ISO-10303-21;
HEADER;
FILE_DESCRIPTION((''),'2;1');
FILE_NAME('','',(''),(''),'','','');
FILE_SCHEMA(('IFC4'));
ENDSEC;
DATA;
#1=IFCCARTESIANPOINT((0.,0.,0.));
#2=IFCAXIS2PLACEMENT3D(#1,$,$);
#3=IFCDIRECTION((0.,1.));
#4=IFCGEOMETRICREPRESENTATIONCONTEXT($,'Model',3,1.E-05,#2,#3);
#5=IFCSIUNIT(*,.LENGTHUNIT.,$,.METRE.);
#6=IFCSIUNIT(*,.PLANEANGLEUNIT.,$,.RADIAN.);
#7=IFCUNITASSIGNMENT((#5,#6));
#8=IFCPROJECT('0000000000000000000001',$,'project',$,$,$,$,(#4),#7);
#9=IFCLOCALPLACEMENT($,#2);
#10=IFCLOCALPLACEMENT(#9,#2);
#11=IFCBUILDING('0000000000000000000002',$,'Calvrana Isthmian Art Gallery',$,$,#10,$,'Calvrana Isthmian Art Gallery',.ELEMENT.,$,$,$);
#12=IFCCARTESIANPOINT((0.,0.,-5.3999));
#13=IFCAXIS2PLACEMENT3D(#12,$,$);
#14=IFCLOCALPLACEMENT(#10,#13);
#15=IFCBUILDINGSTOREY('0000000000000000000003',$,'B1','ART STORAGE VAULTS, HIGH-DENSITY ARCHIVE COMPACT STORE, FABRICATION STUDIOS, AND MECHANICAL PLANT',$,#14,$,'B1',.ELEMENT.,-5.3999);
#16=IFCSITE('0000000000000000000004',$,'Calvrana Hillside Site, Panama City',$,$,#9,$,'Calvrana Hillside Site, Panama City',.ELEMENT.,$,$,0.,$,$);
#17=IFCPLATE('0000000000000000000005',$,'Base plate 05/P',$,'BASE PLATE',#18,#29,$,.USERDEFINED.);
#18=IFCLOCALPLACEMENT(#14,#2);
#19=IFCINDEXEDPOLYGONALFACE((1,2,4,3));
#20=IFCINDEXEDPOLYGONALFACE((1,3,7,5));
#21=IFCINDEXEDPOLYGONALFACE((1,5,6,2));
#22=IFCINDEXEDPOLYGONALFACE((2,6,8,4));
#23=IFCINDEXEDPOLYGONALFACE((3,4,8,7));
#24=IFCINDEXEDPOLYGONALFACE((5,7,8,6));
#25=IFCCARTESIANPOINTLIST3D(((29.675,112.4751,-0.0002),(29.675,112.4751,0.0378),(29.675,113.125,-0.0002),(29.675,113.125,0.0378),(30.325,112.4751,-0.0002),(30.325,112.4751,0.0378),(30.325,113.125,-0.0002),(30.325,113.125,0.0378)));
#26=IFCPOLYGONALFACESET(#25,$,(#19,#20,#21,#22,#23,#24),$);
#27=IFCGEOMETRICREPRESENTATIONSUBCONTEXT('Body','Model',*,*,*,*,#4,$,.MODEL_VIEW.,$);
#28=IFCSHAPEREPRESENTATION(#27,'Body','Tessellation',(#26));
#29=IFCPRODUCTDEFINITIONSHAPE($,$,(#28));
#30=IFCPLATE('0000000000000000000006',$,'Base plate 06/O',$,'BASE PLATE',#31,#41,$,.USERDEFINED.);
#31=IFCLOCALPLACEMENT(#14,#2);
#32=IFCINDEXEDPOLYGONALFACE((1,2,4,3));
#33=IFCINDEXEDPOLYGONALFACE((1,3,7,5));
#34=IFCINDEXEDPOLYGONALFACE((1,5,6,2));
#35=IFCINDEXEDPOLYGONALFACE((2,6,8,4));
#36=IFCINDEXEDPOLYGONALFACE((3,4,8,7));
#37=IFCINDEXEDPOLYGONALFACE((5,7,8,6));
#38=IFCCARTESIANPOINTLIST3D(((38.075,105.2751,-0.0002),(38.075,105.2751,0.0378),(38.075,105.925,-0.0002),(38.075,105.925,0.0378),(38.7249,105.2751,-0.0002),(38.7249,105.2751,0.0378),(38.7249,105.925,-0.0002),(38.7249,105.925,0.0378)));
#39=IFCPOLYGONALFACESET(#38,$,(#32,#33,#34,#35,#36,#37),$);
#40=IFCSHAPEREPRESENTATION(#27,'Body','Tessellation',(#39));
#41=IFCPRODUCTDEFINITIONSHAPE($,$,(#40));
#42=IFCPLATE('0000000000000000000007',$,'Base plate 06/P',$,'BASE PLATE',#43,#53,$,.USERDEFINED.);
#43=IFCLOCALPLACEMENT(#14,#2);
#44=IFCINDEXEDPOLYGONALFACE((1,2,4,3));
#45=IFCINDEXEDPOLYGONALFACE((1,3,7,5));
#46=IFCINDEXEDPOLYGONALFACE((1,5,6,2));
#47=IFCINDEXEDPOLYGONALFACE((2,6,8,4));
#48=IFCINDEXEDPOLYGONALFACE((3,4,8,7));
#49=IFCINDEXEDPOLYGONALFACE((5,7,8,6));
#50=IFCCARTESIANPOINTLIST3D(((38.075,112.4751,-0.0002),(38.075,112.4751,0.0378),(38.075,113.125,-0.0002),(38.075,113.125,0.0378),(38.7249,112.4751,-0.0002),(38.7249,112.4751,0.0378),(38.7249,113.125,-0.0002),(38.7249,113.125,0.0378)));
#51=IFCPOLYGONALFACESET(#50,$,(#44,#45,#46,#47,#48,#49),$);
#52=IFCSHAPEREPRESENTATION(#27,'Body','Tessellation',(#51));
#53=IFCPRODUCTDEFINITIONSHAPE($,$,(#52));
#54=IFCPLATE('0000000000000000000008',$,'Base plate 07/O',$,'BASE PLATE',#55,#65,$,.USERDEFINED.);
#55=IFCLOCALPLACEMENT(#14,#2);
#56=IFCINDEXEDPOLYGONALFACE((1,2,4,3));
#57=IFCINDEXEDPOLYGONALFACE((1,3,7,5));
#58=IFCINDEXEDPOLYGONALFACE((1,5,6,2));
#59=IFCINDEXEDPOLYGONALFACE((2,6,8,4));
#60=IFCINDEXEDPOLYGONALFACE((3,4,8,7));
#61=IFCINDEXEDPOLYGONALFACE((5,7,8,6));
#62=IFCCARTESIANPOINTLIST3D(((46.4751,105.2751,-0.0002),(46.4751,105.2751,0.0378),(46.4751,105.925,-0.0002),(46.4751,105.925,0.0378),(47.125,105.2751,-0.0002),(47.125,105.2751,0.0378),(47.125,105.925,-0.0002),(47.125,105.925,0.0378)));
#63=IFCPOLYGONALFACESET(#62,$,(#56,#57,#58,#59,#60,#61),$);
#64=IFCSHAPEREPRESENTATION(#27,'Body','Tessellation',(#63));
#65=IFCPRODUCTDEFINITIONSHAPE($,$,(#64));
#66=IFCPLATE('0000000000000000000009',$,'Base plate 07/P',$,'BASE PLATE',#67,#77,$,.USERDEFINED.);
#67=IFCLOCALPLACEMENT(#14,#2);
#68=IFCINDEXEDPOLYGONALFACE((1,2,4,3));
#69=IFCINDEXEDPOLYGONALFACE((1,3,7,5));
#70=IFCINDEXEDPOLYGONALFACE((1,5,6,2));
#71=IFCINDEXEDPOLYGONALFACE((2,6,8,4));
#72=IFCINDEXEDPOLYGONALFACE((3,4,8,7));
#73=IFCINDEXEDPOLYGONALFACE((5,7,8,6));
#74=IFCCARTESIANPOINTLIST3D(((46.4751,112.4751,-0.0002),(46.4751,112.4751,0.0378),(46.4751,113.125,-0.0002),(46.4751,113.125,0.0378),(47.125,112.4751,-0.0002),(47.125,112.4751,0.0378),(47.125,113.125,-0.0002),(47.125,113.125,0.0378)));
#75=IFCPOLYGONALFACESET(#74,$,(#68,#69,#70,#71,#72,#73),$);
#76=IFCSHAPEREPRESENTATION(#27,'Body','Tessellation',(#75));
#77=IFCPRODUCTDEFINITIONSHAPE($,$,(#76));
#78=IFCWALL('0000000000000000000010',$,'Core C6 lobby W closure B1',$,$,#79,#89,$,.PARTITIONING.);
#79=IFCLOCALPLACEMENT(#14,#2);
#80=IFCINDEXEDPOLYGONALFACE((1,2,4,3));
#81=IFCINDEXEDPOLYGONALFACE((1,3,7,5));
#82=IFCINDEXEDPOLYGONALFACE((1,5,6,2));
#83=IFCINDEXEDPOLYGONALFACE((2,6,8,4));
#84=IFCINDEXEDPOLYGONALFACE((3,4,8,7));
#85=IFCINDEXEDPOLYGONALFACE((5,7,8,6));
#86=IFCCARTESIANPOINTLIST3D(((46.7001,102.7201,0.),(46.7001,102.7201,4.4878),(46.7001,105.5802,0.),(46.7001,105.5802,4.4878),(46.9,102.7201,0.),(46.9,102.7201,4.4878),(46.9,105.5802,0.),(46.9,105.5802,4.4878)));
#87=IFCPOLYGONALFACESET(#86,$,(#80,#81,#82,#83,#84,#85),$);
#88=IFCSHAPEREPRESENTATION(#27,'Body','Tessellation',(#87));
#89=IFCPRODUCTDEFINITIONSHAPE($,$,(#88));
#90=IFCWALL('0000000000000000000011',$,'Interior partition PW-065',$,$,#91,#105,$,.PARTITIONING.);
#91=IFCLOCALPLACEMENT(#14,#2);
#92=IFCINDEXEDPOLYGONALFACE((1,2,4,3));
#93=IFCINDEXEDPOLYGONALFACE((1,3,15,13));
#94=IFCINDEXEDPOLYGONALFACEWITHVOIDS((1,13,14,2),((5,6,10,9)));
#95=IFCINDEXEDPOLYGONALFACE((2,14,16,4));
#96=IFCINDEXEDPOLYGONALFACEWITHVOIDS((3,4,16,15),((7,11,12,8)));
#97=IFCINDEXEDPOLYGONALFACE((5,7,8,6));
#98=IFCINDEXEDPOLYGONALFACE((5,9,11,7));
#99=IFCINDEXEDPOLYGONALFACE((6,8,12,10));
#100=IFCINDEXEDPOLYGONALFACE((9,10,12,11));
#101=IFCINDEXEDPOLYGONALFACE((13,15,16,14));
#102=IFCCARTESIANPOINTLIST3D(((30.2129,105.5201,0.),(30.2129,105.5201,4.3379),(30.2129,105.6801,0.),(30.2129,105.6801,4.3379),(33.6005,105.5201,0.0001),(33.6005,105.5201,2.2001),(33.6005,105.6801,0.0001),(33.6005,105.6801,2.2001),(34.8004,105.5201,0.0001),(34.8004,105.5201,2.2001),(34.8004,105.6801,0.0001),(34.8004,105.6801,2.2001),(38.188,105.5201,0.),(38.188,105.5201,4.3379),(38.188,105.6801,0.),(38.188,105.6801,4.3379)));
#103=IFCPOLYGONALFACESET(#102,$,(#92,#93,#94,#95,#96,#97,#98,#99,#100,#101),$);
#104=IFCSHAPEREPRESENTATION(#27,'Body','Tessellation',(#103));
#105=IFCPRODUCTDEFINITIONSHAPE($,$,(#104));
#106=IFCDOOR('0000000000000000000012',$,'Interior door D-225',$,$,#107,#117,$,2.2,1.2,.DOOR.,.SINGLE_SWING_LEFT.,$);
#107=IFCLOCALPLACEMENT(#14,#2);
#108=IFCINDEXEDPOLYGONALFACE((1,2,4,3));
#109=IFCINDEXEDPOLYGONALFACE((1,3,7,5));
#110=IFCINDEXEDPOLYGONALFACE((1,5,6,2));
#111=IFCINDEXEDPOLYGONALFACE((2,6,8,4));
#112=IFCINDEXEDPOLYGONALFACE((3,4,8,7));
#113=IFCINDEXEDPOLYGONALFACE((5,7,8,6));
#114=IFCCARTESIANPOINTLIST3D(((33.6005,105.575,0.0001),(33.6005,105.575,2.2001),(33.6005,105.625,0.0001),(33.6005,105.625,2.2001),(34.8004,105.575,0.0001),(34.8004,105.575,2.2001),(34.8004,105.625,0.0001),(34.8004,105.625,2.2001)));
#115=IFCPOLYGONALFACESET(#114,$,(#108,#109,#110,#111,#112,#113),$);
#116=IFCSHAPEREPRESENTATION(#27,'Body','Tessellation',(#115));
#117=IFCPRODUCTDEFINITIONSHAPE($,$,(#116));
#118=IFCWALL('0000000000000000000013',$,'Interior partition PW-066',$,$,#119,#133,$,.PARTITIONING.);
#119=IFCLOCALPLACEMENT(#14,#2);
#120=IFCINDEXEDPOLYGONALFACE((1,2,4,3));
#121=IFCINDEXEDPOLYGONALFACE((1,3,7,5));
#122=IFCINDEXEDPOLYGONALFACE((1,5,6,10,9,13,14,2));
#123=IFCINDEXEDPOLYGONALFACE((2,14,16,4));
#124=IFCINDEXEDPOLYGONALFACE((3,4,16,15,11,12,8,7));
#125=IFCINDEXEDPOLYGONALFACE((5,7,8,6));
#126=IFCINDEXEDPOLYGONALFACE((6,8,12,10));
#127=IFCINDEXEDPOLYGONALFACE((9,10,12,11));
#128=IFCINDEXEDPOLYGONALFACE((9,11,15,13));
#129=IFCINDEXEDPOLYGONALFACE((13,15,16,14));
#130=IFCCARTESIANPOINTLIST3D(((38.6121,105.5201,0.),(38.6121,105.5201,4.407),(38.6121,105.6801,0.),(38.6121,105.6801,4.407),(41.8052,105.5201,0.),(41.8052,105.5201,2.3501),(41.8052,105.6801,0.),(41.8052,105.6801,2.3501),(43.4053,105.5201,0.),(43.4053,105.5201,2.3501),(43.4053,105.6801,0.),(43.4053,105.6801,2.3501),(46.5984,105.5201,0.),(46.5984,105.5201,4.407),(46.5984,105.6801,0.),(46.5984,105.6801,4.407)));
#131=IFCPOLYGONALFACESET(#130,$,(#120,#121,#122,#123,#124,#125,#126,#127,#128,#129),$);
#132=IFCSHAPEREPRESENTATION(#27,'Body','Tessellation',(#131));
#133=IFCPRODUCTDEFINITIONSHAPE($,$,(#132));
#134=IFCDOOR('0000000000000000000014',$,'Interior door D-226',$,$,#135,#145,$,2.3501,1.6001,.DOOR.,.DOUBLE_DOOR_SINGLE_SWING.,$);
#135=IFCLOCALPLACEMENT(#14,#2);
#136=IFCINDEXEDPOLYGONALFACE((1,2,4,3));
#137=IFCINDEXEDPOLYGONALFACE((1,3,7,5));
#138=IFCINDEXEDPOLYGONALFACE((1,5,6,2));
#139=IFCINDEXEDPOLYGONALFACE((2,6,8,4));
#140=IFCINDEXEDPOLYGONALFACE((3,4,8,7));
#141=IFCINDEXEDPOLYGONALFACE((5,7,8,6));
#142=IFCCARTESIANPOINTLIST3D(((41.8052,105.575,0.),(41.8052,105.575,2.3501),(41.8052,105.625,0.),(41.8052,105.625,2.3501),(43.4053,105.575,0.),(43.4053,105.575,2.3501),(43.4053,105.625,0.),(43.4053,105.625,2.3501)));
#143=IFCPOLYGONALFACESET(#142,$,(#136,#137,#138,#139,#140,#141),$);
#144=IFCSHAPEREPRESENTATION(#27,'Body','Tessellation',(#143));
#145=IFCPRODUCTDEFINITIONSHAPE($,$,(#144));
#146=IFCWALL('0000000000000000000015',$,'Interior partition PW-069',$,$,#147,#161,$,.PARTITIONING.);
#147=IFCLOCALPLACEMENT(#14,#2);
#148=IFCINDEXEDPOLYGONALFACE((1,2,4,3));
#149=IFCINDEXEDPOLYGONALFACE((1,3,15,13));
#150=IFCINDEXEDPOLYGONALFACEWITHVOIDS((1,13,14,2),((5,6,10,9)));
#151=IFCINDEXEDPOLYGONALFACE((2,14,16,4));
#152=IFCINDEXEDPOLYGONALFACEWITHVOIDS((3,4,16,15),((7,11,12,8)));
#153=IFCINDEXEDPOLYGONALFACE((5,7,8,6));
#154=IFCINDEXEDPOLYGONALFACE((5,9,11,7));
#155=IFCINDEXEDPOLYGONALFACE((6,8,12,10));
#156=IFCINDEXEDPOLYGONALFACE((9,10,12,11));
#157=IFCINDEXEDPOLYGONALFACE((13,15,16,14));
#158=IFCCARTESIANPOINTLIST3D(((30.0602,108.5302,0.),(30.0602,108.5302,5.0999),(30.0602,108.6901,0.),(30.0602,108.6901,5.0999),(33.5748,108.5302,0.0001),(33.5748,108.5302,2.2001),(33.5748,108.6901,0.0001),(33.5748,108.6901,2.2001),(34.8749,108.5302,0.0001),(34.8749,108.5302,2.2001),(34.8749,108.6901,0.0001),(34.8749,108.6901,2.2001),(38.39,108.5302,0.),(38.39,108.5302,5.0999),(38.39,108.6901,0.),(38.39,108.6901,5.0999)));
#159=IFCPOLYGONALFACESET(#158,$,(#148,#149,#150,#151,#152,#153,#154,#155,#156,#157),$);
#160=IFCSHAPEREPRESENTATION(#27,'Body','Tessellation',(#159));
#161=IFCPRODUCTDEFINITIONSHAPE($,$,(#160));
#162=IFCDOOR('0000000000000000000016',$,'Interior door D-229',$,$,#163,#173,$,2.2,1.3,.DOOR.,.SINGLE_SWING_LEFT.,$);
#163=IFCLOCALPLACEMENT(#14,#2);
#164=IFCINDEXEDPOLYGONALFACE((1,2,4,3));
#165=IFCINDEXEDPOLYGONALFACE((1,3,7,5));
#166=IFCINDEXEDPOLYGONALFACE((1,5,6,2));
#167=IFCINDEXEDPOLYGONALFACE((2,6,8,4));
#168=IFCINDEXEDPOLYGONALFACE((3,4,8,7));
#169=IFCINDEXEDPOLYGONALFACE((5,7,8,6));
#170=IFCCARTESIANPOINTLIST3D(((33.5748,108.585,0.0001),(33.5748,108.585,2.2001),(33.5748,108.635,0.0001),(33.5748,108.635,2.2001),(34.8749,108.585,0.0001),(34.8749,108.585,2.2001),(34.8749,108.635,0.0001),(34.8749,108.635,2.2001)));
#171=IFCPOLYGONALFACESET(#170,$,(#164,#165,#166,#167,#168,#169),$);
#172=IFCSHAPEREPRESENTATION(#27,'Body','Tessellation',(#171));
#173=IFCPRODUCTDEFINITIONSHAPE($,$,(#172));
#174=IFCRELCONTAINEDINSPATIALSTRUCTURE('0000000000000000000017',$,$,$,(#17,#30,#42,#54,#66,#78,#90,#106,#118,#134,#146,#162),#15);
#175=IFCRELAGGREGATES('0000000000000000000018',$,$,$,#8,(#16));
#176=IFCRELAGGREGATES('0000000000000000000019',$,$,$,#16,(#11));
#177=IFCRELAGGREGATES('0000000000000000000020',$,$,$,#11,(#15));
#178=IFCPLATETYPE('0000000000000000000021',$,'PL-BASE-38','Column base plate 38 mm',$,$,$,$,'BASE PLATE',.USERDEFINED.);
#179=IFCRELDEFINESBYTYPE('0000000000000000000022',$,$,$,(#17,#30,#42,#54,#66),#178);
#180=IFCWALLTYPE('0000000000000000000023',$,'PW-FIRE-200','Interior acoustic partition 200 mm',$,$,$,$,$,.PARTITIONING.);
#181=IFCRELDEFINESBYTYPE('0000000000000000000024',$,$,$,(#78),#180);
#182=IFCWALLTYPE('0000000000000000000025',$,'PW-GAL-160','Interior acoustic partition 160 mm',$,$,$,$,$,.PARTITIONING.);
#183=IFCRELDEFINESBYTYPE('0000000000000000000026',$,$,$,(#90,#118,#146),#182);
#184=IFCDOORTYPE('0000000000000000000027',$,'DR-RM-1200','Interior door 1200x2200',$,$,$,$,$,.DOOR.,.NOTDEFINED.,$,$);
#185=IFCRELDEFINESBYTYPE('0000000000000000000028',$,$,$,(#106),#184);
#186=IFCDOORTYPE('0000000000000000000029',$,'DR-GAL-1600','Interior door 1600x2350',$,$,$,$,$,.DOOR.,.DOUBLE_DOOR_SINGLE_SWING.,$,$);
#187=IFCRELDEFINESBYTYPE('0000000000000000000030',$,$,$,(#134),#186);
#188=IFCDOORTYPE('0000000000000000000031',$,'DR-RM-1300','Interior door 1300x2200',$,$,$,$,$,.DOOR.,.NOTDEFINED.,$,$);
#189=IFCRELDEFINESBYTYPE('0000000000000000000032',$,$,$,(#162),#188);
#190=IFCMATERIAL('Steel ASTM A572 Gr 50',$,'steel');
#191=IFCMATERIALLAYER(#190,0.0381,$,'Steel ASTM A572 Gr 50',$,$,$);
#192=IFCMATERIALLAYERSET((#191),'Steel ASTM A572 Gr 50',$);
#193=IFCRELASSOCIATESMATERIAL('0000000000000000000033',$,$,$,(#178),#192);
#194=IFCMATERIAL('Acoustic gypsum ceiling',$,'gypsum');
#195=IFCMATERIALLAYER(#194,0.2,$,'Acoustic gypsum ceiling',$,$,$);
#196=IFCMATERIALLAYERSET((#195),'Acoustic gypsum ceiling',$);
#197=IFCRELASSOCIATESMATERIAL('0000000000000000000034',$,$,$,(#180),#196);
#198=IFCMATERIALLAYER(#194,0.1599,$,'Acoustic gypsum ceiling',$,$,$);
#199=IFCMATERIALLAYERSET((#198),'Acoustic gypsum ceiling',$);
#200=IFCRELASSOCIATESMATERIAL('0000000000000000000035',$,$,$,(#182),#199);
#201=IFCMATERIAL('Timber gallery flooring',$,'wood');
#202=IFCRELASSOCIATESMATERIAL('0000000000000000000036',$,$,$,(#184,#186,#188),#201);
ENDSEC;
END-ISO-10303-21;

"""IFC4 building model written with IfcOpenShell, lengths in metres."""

from ifc_helpers import new_model, si_unit, direction, frame, frame_2d, origin, origin_2d, place, context, subcontext, project, spatial, rectangle, extrude, material, layer, layer_set, type_object, element, fill, save


model = new_model("IFC4")

# Units and contexts
model_context = context("Model", 3, precision=1e-05, world=origin(), true_north=direction((0.0, 1.0)))
body_context = subcontext(model_context, "Body", "Model", "MODEL_VIEW")
ifc_project = project(units=[si_unit("LENGTHUNIT", "METRE"), si_unit("PLANEANGLEUNIT", "RADIAN")], contexts=[model_context])

# Site, building, storey
site_placement = place(None, origin())
site = spatial("IfcSite", under=ifc_project, at=site_placement, Name="Calvrana Hillside Site, Panama City", LongName="Calvrana Hillside Site, Panama City", CompositionType="ELEMENT", RefElevation=0.0)
building_placement = place(site_placement, origin())
building = spatial("IfcBuilding", under=site, at=building_placement, Name="Calvrana Isthmian Art Gallery", LongName="Calvrana Isthmian Art Gallery", CompositionType="ELEMENT")
storey_placement = place(building_placement, frame((0.0, 0.0, -5.3999)))
storey = spatial("IfcBuildingStorey", under=building, at=storey_placement, Name="B1", Description="ART STORAGE VAULTS, HIGH-DENSITY ARCHIVE COMPACT STORE, FABRICATION STUDIOS, AND MECHANICAL PLANT", LongName="B1", CompositionType="ELEMENT", Elevation=-5.3999)

# Plates
ifc_material_1 = material(Name="Steel ASTM A572 Gr 50", Category="steel")
ifc_layer_1 = layer(ifc_material_1, 0.0381, Name="Steel ASTM A572 Gr 50")
ifc_layer_set_1 = layer_set([ifc_layer_1], Name="Steel ASTM A572 Gr 50")
plate_type = type_object("IfcPlateType", Name="PL-BASE-38", Description="Column base plate 38 mm", ElementType="BASE PLATE", PredefinedType="USERDEFINED", material=ifc_layer_set_1)
for number, where, z_axis, x_axis, name in (
    (1, (30.0, 112.8, -0.0002), (0.0, 0.0, 1.0), (1.0, 0.0, 0.0), "Base plate 05/P"),
    (2, (38.3999, 105.6001, -0.0002), (0.0, 0.0, 1.0), (1.0, 0.0, 0.0), "Base plate 06/O"),
    (3, (38.3999, 112.8, -0.0002), (0.0, 0.0, 1.0), (1.0, 0.0, 0.0), "Base plate 06/P"),
    (4, (46.8, 105.6001, -0.0002), (0.0, 0.0, 1.0), (1.0, 0.0, 0.0), "Base plate 07/O"),
    (5, (46.8, 112.8, -0.0002), (0.0, 0.0, 1.0), (1.0, 0.0, 0.0), "Base plate 07/P"),
):
    element("IfcPlate", number, at=place(storey_placement, frame(where, z_axis=z_axis, x_axis=x_axis)), inside=storey, type_object=plate_type, Name=name, ObjectType="BASE PLATE", PredefinedType="USERDEFINED", context=body_context, shape_type="SweptSolid", body=[
        extrude(rectangle(XDim=0.6499, YDim=0.6499, at=origin_2d()), origin(), (0.0, 0.0, 1.0), 0.0381),
    ])

# Wall
ifc_material_2 = material(Name="Acoustic gypsum ceiling", Category="gypsum")
ifc_layer_2 = layer(ifc_material_2, 0.2, Name="Acoustic gypsum ceiling")
ifc_layer_set_2 = layer_set([ifc_layer_2], Name="Acoustic gypsum ceiling")
wall_type_1 = type_object("IfcWallType", Name="PW-FIRE-200", Description="Interior acoustic partition 200 mm", PredefinedType="PARTITIONING", material=ifc_layer_set_2)
wall_1_placement = place(storey_placement, frame((46.8, 102.72, 0.0), z_axis=(0.0, 0.0, 1.0), x_axis=(0.0, 1.0, 0.0)))
element("IfcWall", 6, at=wall_1_placement, inside=storey, type_object=wall_type_1, Name="Core C6 lobby W closure B1", PredefinedType="PARTITIONING", context=body_context, shape_type="SweptSolid", body=[
    extrude(rectangle(XDim=2.8601, YDim=0.2, at=frame_2d((1.4302, 0.0))), origin(), (0.0, 0.0, 1.0), 4.4878),
])

# Walls, openings, doors
ifc_layer_3 = layer(ifc_material_2, 0.1599, Name="Acoustic gypsum ceiling")
ifc_layer_set_3 = layer_set([ifc_layer_3], Name="Acoustic gypsum ceiling")
wall_type_2 = type_object("IfcWallType", Name="PW-GAL-160", Description="Interior acoustic partition 160 mm", PredefinedType="PARTITIONING", material=ifc_layer_set_3)
wall_2_placement = place(storey_placement, frame((30.2129, 105.6001, 0.0), z_axis=(0.0, 0.0, 1.0), x_axis=(1.0, 0.0, 0.0)))
wall_2 = element("IfcWall", 7, at=wall_2_placement, inside=storey, type_object=wall_type_2, Name="Interior partition PW-065", PredefinedType="PARTITIONING", context=body_context, shape_type="SweptSolid", body=[
    extrude(rectangle(XDim=7.9751, YDim=0.1599, at=frame_2d((3.9875, 0.0))), origin(), (0.0, 0.0, 1.0), 4.3379),
])
opening_1_placement = place(wall_2_placement, frame((3.3875, 0.0, 0.0)))
opening_1 = element("IfcOpeningElement", 8, at=opening_1_placement, cuts=wall_2, PredefinedType="OPENING", context=body_context, shape_type="SweptSolid", body=[
    extrude(rectangle(XDim=1.2, YDim=2.2, at=frame_2d((0.6001, 1.1001))), frame((0.0, 0.0903, 0.0), z_axis=(0.0, -1.0, 0.0), x_axis=(1.0, 0.0, 0.0)), (0.0, 0.0, 1.0), 0.1804),
])
ifc_material_3 = material(Name="Timber gallery flooring", Category="wood")
door_type_1 = type_object("IfcDoorType", Name="DR-RM-1200", Description="Interior door 1200x2200", OperationType="NOTDEFINED", PredefinedType="DOOR", material=ifc_material_3)
door_1_placement = place(opening_1_placement, origin())
door_1 = element("IfcDoor", 9, at=door_1_placement, inside=storey, type_object=door_type_1, Name="Interior door D-225", OperationType="SINGLE_SWING_LEFT", OverallHeight=2.2, OverallWidth=1.2, PredefinedType="DOOR", context=body_context, shape_type="SweptSolid", body=[
    extrude(rectangle(XDim=1.2, YDim=2.2, at=frame_2d((0.6001, 1.1001))), frame((0.0, 0.0249, 0.0), z_axis=(0.0, -1.0, 0.0), x_axis=(1.0, 0.0, 0.0)), (0.0, 0.0, 1.0), 0.05),
])
fill(opening_1, door_1)
wall_3_placement = place(storey_placement, frame((38.6121, 105.6001, 0.0), z_axis=(0.0, 0.0, 1.0), x_axis=(1.0, 0.0, 0.0)))
wall_3 = element("IfcWall", 10, at=wall_3_placement, inside=storey, type_object=wall_type_2, Name="Interior partition PW-066", PredefinedType="PARTITIONING", context=body_context, shape_type="SweptSolid", body=[
    extrude(rectangle(XDim=7.9863, YDim=0.1599, at=frame_2d((3.9932, 0.0))), origin(), (0.0, 0.0, 1.0), 4.407),
])
opening_2_placement = place(wall_3_placement, frame((3.1931, 0.0, 0.0)))
opening_2 = element("IfcOpeningElement", 11, at=opening_2_placement, cuts=wall_3, PredefinedType="OPENING", context=body_context, shape_type="SweptSolid", body=[
    extrude(rectangle(XDim=1.6001, YDim=2.3501, at=frame_2d((0.8, 1.175))), frame((0.0, 0.0903, 0.0), z_axis=(0.0, -1.0, 0.0), x_axis=(1.0, 0.0, 0.0)), (0.0, 0.0, 1.0), 0.1804),
])
door_type_2 = type_object("IfcDoorType", Name="DR-GAL-1600", Description="Interior door 1600x2350", OperationType="DOUBLE_DOOR_SINGLE_SWING", PredefinedType="DOOR", material=ifc_material_3)
door_2_placement = place(opening_2_placement, origin())
door_2 = element("IfcDoor", 12, at=door_2_placement, inside=storey, type_object=door_type_2, Name="Interior door D-226", OperationType="DOUBLE_DOOR_SINGLE_SWING", OverallHeight=2.3501, OverallWidth=1.6001, PredefinedType="DOOR", context=body_context, shape_type="SweptSolid", body=[
    extrude(rectangle(XDim=1.6001, YDim=2.3501, at=frame_2d((0.8, 1.175))), frame((0.0, 0.0249, 0.0), z_axis=(0.0, -1.0, 0.0), x_axis=(1.0, 0.0, 0.0)), (0.0, 0.0, 1.0), 0.05),
])
fill(opening_2, door_2)
wall_4_placement = place(storey_placement, frame((30.0601, 108.6101, 0.0), z_axis=(0.0, 0.0, 1.0), x_axis=(1.0, 0.0, 0.0)))
wall_4 = element("IfcWall", 13, at=wall_4_placement, inside=storey, type_object=wall_type_2, Name="Interior partition PW-069", PredefinedType="PARTITIONING", context=body_context, shape_type="SweptSolid", body=[
    extrude(rectangle(XDim=8.3298, YDim=0.1599, at=frame_2d((4.165, 0.0))), origin(), (0.0, 0.0, 1.0), 5.0999),
])
opening_3_placement = place(wall_4_placement, frame((3.5149, 0.0, 0.0)))
opening_3 = element("IfcOpeningElement", 14, at=opening_3_placement, cuts=wall_4, PredefinedType="OPENING", context=body_context, shape_type="SweptSolid", body=[
    extrude(rectangle(XDim=1.3, YDim=2.2, at=frame_2d((0.6499, 1.1001))), frame((0.0, 0.0903, 0.0), z_axis=(0.0, -1.0, 0.0), x_axis=(1.0, 0.0, 0.0)), (0.0, 0.0, 1.0), 0.1804),
])
door_type_3 = type_object("IfcDoorType", Name="DR-RM-1300", Description="Interior door 1300x2200", OperationType="NOTDEFINED", PredefinedType="DOOR", material=ifc_material_3)
door_3_placement = place(opening_3_placement, origin())
door_3 = element("IfcDoor", 15, at=door_3_placement, inside=storey, type_object=door_type_3, Name="Interior door D-229", OperationType="SINGLE_SWING_LEFT", OverallHeight=2.2, OverallWidth=1.3, PredefinedType="DOOR", context=body_context, shape_type="SweptSolid", body=[
    extrude(rectangle(XDim=1.3, YDim=2.2, at=frame_2d((0.6499, 1.1001))), frame((0.0, 0.0249, 0.0), z_axis=(0.0, -1.0, 0.0), x_axis=(1.0, 0.0, 0.0)), (0.0, 0.0, 1.0), 0.05),
])
fill(opening_3, door_3)

save(model, "model.ifc")
